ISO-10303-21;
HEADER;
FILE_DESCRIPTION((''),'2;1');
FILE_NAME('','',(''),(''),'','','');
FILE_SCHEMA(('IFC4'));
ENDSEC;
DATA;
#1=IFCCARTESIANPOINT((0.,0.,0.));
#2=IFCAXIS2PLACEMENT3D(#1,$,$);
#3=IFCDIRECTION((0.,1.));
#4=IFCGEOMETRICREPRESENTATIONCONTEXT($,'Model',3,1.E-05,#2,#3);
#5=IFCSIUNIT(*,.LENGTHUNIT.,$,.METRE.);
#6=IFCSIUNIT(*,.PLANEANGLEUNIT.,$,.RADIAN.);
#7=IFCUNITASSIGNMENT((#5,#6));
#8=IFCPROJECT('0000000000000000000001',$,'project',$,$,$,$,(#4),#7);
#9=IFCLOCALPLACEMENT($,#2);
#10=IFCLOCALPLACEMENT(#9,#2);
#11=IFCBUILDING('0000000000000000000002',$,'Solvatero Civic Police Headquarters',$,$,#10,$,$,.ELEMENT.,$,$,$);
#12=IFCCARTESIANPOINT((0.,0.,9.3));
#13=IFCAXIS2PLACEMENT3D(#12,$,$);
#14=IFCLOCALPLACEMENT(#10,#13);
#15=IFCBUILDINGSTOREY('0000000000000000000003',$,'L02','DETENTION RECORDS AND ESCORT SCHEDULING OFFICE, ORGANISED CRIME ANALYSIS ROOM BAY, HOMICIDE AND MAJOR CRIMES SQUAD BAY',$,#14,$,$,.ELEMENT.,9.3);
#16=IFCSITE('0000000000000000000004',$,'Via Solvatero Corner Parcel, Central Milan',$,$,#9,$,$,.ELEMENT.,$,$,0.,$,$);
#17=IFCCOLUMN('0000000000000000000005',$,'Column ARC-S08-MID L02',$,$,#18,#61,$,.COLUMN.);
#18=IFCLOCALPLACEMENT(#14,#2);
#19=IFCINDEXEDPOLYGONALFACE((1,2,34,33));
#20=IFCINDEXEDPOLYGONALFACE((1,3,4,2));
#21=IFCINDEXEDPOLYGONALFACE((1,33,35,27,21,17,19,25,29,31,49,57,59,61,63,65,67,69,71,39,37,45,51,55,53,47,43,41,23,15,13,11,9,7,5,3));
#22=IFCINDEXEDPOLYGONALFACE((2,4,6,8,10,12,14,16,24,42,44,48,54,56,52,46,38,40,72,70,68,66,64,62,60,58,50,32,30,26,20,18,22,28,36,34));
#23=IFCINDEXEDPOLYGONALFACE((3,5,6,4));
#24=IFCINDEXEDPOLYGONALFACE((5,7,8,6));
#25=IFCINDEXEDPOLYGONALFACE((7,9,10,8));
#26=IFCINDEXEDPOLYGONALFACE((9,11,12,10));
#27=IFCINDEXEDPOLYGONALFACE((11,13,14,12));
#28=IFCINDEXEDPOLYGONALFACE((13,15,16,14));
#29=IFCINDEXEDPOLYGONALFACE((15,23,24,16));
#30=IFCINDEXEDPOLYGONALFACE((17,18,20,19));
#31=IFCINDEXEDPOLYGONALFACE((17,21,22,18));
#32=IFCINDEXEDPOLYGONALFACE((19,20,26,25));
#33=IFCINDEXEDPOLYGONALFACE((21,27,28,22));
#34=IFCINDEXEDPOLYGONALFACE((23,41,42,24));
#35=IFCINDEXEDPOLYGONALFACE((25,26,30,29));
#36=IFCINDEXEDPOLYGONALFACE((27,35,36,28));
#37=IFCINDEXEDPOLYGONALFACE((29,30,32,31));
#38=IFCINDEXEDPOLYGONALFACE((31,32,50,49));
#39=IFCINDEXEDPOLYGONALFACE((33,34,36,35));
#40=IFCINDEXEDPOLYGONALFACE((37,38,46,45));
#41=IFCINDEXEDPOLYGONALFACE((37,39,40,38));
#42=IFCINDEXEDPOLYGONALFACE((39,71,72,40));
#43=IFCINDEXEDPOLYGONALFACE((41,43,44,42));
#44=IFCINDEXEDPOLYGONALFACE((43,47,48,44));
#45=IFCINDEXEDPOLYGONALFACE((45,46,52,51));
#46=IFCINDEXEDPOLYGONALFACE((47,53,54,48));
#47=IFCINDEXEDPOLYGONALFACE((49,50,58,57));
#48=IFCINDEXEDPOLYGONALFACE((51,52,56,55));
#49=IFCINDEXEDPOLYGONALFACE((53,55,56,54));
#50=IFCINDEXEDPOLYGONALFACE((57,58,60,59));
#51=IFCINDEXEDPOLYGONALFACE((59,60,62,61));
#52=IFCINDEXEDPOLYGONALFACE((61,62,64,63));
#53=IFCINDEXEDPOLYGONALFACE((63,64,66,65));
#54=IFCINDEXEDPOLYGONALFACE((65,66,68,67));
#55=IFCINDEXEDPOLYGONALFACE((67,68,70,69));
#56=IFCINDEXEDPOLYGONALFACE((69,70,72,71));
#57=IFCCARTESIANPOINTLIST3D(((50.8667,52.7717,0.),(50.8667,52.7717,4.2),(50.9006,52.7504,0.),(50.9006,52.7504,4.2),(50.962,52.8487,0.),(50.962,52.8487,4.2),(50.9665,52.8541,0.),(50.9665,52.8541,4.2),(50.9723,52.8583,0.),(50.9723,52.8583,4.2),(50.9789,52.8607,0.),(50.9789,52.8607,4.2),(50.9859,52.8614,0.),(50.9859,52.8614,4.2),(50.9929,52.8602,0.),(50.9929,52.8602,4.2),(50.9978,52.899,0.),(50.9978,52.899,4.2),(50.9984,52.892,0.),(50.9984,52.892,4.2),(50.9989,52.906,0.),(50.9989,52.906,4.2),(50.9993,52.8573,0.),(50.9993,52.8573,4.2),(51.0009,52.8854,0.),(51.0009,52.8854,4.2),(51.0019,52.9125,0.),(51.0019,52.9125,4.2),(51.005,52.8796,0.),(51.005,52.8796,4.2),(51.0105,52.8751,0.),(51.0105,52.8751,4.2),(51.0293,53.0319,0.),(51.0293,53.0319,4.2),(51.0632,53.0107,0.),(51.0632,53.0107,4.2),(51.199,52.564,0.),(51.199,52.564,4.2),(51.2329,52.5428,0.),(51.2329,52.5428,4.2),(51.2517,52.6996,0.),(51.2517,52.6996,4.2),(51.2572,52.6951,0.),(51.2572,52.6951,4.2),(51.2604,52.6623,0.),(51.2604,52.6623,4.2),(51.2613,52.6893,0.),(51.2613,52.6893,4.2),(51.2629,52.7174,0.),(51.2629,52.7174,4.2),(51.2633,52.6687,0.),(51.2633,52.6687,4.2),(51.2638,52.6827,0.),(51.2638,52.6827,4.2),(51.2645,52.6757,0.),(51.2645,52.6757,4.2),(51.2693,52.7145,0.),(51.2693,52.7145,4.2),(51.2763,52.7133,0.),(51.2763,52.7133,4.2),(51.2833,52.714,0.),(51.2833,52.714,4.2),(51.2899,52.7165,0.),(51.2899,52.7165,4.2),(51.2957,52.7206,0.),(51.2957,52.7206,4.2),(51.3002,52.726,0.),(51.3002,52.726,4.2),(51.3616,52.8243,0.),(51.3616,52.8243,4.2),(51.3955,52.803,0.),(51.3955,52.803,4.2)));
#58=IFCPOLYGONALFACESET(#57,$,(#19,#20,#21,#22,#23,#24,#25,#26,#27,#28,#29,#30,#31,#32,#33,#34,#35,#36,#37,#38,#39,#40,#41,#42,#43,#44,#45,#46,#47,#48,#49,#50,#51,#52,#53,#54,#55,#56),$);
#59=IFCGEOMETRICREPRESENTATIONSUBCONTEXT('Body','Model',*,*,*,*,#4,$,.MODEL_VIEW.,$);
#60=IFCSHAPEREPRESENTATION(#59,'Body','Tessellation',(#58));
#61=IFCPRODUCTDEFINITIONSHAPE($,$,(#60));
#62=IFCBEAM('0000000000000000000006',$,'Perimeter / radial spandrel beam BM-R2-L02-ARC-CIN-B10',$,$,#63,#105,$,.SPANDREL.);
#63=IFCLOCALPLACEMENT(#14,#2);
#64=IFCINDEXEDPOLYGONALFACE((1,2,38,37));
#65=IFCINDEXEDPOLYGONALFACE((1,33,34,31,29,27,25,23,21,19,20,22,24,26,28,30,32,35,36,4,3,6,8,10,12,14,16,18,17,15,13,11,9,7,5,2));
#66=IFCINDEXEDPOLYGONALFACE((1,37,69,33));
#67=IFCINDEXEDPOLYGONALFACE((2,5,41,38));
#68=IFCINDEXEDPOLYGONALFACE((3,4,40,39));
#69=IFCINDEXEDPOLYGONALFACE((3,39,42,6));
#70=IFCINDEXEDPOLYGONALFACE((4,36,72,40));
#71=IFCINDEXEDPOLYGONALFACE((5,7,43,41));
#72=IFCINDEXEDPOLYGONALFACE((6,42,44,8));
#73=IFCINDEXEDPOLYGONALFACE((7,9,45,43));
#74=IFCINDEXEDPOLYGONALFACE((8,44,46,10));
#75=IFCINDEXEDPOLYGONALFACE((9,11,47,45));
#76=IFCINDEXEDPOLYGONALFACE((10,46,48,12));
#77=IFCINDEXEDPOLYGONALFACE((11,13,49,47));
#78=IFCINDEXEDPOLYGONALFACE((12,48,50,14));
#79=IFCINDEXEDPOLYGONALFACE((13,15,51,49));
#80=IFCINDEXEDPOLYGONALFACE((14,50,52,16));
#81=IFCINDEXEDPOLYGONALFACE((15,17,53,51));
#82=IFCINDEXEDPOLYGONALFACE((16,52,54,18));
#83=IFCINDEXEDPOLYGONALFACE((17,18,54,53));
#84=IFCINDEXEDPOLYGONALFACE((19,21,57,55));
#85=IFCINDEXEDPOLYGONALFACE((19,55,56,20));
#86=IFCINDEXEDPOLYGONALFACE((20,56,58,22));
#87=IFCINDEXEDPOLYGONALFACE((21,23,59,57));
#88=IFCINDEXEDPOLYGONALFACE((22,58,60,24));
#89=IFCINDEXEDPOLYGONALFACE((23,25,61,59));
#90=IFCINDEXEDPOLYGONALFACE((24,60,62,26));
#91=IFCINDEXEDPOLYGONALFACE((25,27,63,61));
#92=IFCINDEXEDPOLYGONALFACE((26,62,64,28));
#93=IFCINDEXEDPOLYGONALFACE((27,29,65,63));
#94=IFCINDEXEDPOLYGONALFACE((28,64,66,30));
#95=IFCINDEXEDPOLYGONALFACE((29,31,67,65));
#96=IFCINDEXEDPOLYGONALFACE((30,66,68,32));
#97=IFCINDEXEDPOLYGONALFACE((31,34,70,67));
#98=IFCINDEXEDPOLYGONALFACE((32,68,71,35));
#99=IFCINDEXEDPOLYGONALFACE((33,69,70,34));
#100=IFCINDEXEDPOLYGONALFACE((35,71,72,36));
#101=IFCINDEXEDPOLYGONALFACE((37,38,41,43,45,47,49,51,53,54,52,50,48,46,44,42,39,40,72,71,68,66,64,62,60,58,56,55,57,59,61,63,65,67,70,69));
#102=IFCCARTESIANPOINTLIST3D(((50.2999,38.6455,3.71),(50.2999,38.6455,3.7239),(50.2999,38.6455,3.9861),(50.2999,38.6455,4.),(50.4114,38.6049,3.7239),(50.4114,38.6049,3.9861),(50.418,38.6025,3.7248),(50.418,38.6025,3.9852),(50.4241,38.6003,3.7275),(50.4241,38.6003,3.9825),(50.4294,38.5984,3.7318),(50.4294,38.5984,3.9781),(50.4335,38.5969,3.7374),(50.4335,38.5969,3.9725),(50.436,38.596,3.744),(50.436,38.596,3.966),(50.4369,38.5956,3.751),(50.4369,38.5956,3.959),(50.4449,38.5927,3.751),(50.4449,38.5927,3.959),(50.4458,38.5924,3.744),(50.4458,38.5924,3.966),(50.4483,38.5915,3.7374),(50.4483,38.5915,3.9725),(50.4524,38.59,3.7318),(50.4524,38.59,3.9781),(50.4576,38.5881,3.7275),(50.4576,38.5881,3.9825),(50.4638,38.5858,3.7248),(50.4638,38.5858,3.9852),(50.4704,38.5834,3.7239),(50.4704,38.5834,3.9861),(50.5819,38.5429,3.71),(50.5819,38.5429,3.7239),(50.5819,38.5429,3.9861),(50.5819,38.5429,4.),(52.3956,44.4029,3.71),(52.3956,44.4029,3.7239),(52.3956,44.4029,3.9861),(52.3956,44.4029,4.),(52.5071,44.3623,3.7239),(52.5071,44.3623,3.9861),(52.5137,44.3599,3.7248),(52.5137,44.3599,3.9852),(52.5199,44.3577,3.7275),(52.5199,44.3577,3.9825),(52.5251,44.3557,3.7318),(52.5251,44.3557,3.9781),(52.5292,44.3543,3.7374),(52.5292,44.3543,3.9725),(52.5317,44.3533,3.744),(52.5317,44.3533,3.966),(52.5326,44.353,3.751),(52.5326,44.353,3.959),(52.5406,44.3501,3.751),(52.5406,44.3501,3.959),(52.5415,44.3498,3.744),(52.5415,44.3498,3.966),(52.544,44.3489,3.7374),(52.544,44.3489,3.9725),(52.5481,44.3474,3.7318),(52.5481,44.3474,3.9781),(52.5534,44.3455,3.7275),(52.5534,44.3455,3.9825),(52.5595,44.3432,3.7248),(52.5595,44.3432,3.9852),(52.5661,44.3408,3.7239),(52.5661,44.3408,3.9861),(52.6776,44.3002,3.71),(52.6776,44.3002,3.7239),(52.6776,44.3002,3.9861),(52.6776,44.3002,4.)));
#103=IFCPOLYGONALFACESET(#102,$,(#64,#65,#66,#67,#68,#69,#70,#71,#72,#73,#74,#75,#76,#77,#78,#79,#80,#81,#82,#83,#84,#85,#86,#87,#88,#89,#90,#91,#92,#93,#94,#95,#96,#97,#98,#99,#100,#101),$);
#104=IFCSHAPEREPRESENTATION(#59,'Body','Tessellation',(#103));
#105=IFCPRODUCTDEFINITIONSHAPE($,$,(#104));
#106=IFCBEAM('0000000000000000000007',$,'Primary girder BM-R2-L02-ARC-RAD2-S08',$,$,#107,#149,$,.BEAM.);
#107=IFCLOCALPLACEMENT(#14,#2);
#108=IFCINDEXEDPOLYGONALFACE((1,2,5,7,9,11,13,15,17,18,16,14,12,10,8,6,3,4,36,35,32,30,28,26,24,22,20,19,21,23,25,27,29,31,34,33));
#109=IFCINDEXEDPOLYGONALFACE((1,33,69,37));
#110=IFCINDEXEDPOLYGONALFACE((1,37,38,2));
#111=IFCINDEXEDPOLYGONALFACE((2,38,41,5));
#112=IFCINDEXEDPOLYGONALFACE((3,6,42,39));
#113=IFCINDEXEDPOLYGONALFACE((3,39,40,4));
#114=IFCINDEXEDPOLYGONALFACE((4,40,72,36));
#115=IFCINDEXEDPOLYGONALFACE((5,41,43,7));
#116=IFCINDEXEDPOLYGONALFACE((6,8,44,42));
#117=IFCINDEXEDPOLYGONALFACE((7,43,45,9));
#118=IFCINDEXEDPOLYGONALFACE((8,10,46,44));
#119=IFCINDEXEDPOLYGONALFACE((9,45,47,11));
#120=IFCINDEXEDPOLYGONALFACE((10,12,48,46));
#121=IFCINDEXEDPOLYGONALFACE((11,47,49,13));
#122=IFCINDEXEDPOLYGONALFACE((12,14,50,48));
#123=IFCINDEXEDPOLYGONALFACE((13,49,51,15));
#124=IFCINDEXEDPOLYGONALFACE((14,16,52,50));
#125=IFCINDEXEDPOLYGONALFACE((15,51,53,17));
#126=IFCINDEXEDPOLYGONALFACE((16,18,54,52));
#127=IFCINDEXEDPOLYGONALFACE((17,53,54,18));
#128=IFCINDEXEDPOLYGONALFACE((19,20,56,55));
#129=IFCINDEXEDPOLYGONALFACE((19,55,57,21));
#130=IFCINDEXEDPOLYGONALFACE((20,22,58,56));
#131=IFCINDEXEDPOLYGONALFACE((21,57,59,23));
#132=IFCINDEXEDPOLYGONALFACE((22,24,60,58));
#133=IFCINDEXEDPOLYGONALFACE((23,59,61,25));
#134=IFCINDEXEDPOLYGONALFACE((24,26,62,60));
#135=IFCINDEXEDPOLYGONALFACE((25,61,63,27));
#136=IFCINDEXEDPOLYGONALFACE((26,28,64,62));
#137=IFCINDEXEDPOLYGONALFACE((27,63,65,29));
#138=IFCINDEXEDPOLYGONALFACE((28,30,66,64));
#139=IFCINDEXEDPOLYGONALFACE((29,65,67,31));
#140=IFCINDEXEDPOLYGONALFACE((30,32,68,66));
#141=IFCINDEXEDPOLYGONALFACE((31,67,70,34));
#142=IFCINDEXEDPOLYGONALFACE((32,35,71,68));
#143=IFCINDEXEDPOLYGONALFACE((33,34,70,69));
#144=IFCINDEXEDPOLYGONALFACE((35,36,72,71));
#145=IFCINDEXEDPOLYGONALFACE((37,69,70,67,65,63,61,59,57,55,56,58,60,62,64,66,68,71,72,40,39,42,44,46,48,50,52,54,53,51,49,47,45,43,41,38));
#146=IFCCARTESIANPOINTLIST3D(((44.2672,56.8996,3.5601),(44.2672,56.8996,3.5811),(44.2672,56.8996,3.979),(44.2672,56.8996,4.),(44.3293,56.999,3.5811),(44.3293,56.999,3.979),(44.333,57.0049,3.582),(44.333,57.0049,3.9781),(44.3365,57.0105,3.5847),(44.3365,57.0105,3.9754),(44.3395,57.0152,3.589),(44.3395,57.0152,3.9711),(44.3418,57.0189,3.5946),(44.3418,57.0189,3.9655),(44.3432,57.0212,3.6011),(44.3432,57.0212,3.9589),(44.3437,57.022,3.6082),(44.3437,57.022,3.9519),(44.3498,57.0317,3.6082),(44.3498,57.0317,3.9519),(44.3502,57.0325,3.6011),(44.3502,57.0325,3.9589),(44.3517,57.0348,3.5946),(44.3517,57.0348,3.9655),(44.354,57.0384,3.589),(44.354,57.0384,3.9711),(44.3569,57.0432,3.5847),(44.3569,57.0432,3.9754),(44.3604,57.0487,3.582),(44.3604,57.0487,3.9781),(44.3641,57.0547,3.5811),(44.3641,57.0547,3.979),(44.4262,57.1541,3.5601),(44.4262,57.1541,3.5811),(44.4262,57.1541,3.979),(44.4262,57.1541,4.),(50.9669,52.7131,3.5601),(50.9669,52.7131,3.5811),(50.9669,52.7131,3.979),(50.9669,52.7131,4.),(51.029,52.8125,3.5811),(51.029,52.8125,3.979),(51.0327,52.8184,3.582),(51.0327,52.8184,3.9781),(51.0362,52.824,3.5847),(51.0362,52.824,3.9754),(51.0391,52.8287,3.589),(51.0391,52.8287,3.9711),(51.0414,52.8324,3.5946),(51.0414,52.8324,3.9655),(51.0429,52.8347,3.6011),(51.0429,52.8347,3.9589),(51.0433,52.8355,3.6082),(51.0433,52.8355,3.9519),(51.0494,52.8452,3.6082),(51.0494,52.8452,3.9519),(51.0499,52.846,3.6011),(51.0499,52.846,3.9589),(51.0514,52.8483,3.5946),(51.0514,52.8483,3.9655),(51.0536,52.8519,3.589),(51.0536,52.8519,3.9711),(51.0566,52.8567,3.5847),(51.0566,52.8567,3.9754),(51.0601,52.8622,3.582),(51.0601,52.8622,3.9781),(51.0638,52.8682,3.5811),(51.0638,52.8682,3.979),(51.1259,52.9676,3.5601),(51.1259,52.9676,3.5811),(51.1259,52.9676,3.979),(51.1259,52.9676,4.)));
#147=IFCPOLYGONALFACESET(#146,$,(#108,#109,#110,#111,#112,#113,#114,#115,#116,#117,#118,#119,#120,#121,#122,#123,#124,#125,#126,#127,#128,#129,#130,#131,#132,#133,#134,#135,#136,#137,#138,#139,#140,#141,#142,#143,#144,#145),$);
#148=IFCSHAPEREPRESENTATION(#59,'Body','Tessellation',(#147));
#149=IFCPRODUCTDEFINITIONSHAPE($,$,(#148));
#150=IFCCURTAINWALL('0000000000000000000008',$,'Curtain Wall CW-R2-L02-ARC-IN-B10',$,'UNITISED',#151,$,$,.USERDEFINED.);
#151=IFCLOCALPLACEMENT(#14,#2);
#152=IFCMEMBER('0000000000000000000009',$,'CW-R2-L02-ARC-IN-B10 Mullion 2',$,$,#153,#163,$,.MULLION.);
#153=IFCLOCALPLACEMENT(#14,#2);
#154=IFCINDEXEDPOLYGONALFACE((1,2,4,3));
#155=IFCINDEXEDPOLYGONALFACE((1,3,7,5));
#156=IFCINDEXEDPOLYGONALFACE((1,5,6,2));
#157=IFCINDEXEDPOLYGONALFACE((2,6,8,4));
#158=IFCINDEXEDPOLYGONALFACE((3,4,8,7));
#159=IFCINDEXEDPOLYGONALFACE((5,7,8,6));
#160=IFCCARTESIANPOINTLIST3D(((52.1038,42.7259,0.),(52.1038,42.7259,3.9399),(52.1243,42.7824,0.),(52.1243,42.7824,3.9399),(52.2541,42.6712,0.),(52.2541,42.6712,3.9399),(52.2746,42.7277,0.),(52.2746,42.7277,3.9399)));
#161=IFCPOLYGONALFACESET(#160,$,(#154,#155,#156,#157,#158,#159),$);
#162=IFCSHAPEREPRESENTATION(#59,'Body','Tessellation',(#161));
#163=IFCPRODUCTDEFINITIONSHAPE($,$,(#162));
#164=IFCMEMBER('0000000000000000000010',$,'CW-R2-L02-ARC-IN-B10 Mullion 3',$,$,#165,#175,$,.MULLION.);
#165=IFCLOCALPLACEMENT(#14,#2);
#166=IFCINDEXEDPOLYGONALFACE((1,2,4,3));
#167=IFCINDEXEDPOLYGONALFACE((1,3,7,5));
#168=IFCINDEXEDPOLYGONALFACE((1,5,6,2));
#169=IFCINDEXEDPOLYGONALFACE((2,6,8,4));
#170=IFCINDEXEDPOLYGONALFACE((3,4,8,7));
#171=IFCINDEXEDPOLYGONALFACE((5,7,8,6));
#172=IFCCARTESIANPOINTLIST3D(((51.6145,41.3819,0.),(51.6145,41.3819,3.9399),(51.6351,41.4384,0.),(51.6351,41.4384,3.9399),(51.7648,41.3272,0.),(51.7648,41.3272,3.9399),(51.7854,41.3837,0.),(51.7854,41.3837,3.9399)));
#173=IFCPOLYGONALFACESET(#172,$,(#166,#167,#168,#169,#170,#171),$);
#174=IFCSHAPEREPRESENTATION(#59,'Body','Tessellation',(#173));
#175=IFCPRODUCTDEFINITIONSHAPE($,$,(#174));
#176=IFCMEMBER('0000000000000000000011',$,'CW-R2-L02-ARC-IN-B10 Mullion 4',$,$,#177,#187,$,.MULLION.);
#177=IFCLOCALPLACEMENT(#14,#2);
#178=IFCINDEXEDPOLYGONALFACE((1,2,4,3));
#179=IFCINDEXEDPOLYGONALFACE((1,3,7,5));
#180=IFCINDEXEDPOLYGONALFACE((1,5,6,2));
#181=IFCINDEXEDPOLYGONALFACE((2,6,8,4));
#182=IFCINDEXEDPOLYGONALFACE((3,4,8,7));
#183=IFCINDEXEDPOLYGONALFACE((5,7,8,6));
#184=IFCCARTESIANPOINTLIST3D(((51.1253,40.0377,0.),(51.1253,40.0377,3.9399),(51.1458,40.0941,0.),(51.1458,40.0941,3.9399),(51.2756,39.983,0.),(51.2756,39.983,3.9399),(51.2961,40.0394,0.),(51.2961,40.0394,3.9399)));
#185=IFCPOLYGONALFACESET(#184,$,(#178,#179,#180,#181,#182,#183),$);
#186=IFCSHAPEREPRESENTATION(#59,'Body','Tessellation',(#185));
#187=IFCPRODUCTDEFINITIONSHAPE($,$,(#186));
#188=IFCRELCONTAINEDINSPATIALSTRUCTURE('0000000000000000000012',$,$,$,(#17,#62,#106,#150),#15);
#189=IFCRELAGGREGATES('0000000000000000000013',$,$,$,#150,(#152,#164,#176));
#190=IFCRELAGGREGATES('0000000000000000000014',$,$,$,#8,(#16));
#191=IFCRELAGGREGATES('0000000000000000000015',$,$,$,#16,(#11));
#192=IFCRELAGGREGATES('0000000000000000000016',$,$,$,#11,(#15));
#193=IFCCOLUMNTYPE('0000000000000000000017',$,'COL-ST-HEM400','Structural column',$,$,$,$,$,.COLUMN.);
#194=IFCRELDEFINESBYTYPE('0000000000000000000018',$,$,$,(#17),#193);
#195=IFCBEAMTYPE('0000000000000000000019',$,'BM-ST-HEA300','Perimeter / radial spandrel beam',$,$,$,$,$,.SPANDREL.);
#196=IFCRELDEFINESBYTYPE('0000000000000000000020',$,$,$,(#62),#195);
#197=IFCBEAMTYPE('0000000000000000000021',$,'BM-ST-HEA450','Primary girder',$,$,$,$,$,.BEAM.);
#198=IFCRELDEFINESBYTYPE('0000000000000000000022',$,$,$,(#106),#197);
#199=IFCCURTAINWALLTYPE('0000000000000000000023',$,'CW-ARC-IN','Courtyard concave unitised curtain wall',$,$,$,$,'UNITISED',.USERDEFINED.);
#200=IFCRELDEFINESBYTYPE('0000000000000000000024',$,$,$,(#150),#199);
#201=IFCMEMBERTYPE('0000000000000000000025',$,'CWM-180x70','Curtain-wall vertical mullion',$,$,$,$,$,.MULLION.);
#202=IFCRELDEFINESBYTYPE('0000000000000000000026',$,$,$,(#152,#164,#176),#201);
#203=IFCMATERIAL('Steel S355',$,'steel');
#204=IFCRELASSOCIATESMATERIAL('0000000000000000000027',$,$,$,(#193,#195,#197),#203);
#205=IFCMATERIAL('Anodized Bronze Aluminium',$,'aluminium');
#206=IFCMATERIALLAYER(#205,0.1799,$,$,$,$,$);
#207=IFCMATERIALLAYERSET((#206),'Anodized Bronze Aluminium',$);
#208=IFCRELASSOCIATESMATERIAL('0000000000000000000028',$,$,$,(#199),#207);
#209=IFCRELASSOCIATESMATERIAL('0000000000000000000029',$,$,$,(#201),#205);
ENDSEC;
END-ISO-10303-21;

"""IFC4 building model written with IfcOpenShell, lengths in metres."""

from ifc_helpers import new_model, si_unit, direction, frame, origin, origin_2d, place, context, subcontext, project, spatial, rectangle, i_section, extrude, material, layer, layer_set, material_profile, profile_set, type_object, element, aggregate, save


model = new_model("IFC4")

# Units and contexts
model_context = context("Model", 3, precision=1e-05, world=origin(), true_north=direction((0.0, 1.0)))
body_context = subcontext(model_context, "Body", "Model", "MODEL_VIEW")
ifc_project = project(units=[si_unit("LENGTHUNIT", "METRE"), si_unit("PLANEANGLEUNIT", "RADIAN")], contexts=[model_context])

# Site, building, storey
site_placement = place(None, origin())
site = spatial("IfcSite", under=ifc_project, at=site_placement, Name="Via Solvatero Corner Parcel, Central Milan", CompositionType="ELEMENT", RefElevation=0.0)
building_placement = place(site_placement, origin())
building = spatial("IfcBuilding", under=site, at=building_placement, Name="Solvatero Civic Police Headquarters", CompositionType="ELEMENT")
storey_placement = place(building_placement, frame((0.0, 0.0, 9.3)))
storey = spatial("IfcBuildingStorey", under=building, at=storey_placement, Name="L02", Description="DETENTION RECORDS AND ESCORT SCHEDULING OFFICE, ORGANISED CRIME ANALYSIS ROOM BAY, HOMICIDE AND MAJOR CRIMES SQUAD BAY", CompositionType="ELEMENT", Elevation=9.3)

# Column
ifc_material_1 = material(Name="Steel S355", Category="steel")
ifc_material_profile_1 = material_profile(ifc_material_1, i_section(OverallWidth=0.3069, OverallDepth=0.4319, WebThickness=0.021, FlangeThickness=0.04, FilletRadius=0.0271, at=origin_2d()), Name="HEM 400")
ifc_profile_set_1 = profile_set([ifc_material_profile_1], Name="Steel S355")
column_type = type_object("IfcColumnType", Name="COL-ST-HEM400", Description="Structural column", PredefinedType="COLUMN", material=ifc_profile_set_1)
column_placement = place(storey_placement, frame((51.1311, 52.7874, 0.0), z_axis=(0.0, 0.0, 1.0), x_axis=(0.529919, 0.848048, 0.0)))
element("IfcColumn", 1, at=column_placement, inside=storey, type_object=column_type, Name="Column ARC-S08-MID L02", PredefinedType="COLUMN", context=body_context, shape_type="SweptSolid", body=[
    extrude(i_section(OverallWidth=0.3069, OverallDepth=0.4319, WebThickness=0.021, FlangeThickness=0.04, FilletRadius=0.0271, at=origin_2d()), origin(), (0.0, 0.0, 1.0), 4.2),
])

# Beams
ifc_material_profile_2 = material_profile(ifc_material_1, i_section(OverallWidth=0.3, OverallDepth=0.29, WebThickness=0.0085, FlangeThickness=0.0139, FilletRadius=0.0271, at=origin_2d()), Name="HEA 300")
ifc_profile_set_2 = profile_set([ifc_material_profile_2], Name="Steel S355")
beam_type_1 = type_object("IfcBeamType", Name="BM-ST-HEA300", Description="Perimeter / radial spandrel beam", PredefinedType="SPANDREL", material=ifc_profile_set_2)
beam_1_placement = place(storey_placement, frame((52.5366, 44.3516, 3.855), z_axis=(-0.34205, -0.939682, 0.0), x_axis=(0.939682, -0.34205, 0.0)))
element("IfcBeam", 2, at=beam_1_placement, inside=storey, type_object=beam_type_1, Name="Perimeter / radial spandrel beam BM-R2-L02-ARC-CIN-B10", PredefinedType="SPANDREL", context=body_context, shape_type="SweptSolid", body=[
    extrude(i_section(OverallWidth=0.3, OverallDepth=0.29, WebThickness=0.0085, FlangeThickness=0.0139, FilletRadius=0.0271, at=origin_2d()), origin(), (0.0, 0.0, 1.0), 6.127),
])
ifc_material_profile_3 = material_profile(ifc_material_1, i_section(OverallWidth=0.3, OverallDepth=0.4399, WebThickness=0.0115, FlangeThickness=0.021, FilletRadius=0.0271, at=origin_2d()), Name="HEA 450")
ifc_profile_set_3 = profile_set([ifc_material_profile_3], Name="Steel S355")
beam_type_2 = type_object("IfcBeamType", Name="BM-ST-HEA450", Description="Primary girder", PredefinedType="BEAM", material=ifc_profile_set_3)
beam_2_placement = place(storey_placement, frame((51.0464, 52.8403, 3.78), z_axis=(-0.848043, 0.529927, 0.0), x_axis=(-0.529927, -0.848043, 0.0)))
element("IfcBeam", 3, at=beam_2_placement, inside=storey, type_object=beam_type_2, Name="Primary girder BM-R2-L02-ARC-RAD2-S08", PredefinedType="BEAM", context=body_context, shape_type="SweptSolid", body=[
    extrude(i_section(OverallWidth=0.3, OverallDepth=0.4399, WebThickness=0.0115, FlangeThickness=0.021, FilletRadius=0.0271, at=origin_2d()), origin(), (0.0, 0.0, 1.0), 7.9001),
])

# Curtain wall, members
ifc_material_2 = material(Name="Anodized Bronze Aluminium", Category="aluminium")
ifc_layer_1 = layer(ifc_material_2, 0.1799)
ifc_layer_set_1 = layer_set([ifc_layer_1], Name="Anodized Bronze Aluminium")
curtain_wall_type = type_object("IfcCurtainWallType", Name="CW-ARC-IN", Description="Courtyard concave unitised curtain wall", ElementType="UNITISED", PredefinedType="USERDEFINED", material=ifc_layer_set_1)
curtain_wall_placement = place(storey_placement, origin())
curtain_wall = element("IfcCurtainWall", 4, at=curtain_wall_placement, inside=storey, type_object=curtain_wall_type, Name="Curtain Wall CW-R2-L02-ARC-IN-B10", ObjectType="UNITISED", PredefinedType="USERDEFINED")
ifc_material_profile_4 = material_profile(ifc_material_2, rectangle(XDim=0.0601, YDim=0.1599, at=origin_2d()), Name="ALU MULLION 60x160")
ifc_profile_set_4 = profile_set([ifc_material_profile_4], Name="Anodized Bronze Aluminium")
member_type = type_object("IfcMemberType", Name="CWM-180x70", Description="Curtain-wall vertical mullion", PredefinedType="MULLION", material=ifc_profile_set_4)
member_1_placement = place(storey_placement, frame((52.1892, 42.7268, 0.0), z_axis=(0.0, 0.0, 1.0), x_axis=(-0.342004, -0.939699, 0.0)))
member_1 = element("IfcMember", 5, at=member_1_placement, type_object=member_type, Name="CW-R2-L02-ARC-IN-B10 Mullion 2", PredefinedType="MULLION", context=body_context, shape_type="SweptSolid", body=[
    extrude(rectangle(XDim=0.0601, YDim=0.1599, at=origin_2d()), origin(), (0.0, 0.0, 1.0), 3.9399),
])
member_2_placement = place(storey_placement, frame((51.7, 41.3828, 0.0), z_axis=(0.0, 0.0, 1.0), x_axis=(-0.342004, -0.939699, 0.0)))
member_2 = element("IfcMember", 6, at=member_2_placement, type_object=member_type, Name="CW-R2-L02-ARC-IN-B10 Mullion 3", PredefinedType="MULLION", context=body_context, shape_type="SweptSolid", body=[
    extrude(rectangle(XDim=0.0601, YDim=0.1599, at=origin_2d()), origin(), (0.0, 0.0, 1.0), 3.9399),
])
member_3_placement = place(storey_placement, frame((51.2107, 40.0386, 0.0), z_axis=(0.0, 0.0, 1.0), x_axis=(-0.342004, -0.939699, 0.0)))
member_3 = element("IfcMember", 7, at=member_3_placement, type_object=member_type, Name="CW-R2-L02-ARC-IN-B10 Mullion 4", PredefinedType="MULLION", context=body_context, shape_type="SweptSolid", body=[
    extrude(rectangle(XDim=0.0601, YDim=0.1599, at=origin_2d()), origin(), (0.0, 0.0, 1.0), 3.9399),
])
aggregate(curtain_wall, [member_1, member_2, member_3])

save(model, "model.ifc")
